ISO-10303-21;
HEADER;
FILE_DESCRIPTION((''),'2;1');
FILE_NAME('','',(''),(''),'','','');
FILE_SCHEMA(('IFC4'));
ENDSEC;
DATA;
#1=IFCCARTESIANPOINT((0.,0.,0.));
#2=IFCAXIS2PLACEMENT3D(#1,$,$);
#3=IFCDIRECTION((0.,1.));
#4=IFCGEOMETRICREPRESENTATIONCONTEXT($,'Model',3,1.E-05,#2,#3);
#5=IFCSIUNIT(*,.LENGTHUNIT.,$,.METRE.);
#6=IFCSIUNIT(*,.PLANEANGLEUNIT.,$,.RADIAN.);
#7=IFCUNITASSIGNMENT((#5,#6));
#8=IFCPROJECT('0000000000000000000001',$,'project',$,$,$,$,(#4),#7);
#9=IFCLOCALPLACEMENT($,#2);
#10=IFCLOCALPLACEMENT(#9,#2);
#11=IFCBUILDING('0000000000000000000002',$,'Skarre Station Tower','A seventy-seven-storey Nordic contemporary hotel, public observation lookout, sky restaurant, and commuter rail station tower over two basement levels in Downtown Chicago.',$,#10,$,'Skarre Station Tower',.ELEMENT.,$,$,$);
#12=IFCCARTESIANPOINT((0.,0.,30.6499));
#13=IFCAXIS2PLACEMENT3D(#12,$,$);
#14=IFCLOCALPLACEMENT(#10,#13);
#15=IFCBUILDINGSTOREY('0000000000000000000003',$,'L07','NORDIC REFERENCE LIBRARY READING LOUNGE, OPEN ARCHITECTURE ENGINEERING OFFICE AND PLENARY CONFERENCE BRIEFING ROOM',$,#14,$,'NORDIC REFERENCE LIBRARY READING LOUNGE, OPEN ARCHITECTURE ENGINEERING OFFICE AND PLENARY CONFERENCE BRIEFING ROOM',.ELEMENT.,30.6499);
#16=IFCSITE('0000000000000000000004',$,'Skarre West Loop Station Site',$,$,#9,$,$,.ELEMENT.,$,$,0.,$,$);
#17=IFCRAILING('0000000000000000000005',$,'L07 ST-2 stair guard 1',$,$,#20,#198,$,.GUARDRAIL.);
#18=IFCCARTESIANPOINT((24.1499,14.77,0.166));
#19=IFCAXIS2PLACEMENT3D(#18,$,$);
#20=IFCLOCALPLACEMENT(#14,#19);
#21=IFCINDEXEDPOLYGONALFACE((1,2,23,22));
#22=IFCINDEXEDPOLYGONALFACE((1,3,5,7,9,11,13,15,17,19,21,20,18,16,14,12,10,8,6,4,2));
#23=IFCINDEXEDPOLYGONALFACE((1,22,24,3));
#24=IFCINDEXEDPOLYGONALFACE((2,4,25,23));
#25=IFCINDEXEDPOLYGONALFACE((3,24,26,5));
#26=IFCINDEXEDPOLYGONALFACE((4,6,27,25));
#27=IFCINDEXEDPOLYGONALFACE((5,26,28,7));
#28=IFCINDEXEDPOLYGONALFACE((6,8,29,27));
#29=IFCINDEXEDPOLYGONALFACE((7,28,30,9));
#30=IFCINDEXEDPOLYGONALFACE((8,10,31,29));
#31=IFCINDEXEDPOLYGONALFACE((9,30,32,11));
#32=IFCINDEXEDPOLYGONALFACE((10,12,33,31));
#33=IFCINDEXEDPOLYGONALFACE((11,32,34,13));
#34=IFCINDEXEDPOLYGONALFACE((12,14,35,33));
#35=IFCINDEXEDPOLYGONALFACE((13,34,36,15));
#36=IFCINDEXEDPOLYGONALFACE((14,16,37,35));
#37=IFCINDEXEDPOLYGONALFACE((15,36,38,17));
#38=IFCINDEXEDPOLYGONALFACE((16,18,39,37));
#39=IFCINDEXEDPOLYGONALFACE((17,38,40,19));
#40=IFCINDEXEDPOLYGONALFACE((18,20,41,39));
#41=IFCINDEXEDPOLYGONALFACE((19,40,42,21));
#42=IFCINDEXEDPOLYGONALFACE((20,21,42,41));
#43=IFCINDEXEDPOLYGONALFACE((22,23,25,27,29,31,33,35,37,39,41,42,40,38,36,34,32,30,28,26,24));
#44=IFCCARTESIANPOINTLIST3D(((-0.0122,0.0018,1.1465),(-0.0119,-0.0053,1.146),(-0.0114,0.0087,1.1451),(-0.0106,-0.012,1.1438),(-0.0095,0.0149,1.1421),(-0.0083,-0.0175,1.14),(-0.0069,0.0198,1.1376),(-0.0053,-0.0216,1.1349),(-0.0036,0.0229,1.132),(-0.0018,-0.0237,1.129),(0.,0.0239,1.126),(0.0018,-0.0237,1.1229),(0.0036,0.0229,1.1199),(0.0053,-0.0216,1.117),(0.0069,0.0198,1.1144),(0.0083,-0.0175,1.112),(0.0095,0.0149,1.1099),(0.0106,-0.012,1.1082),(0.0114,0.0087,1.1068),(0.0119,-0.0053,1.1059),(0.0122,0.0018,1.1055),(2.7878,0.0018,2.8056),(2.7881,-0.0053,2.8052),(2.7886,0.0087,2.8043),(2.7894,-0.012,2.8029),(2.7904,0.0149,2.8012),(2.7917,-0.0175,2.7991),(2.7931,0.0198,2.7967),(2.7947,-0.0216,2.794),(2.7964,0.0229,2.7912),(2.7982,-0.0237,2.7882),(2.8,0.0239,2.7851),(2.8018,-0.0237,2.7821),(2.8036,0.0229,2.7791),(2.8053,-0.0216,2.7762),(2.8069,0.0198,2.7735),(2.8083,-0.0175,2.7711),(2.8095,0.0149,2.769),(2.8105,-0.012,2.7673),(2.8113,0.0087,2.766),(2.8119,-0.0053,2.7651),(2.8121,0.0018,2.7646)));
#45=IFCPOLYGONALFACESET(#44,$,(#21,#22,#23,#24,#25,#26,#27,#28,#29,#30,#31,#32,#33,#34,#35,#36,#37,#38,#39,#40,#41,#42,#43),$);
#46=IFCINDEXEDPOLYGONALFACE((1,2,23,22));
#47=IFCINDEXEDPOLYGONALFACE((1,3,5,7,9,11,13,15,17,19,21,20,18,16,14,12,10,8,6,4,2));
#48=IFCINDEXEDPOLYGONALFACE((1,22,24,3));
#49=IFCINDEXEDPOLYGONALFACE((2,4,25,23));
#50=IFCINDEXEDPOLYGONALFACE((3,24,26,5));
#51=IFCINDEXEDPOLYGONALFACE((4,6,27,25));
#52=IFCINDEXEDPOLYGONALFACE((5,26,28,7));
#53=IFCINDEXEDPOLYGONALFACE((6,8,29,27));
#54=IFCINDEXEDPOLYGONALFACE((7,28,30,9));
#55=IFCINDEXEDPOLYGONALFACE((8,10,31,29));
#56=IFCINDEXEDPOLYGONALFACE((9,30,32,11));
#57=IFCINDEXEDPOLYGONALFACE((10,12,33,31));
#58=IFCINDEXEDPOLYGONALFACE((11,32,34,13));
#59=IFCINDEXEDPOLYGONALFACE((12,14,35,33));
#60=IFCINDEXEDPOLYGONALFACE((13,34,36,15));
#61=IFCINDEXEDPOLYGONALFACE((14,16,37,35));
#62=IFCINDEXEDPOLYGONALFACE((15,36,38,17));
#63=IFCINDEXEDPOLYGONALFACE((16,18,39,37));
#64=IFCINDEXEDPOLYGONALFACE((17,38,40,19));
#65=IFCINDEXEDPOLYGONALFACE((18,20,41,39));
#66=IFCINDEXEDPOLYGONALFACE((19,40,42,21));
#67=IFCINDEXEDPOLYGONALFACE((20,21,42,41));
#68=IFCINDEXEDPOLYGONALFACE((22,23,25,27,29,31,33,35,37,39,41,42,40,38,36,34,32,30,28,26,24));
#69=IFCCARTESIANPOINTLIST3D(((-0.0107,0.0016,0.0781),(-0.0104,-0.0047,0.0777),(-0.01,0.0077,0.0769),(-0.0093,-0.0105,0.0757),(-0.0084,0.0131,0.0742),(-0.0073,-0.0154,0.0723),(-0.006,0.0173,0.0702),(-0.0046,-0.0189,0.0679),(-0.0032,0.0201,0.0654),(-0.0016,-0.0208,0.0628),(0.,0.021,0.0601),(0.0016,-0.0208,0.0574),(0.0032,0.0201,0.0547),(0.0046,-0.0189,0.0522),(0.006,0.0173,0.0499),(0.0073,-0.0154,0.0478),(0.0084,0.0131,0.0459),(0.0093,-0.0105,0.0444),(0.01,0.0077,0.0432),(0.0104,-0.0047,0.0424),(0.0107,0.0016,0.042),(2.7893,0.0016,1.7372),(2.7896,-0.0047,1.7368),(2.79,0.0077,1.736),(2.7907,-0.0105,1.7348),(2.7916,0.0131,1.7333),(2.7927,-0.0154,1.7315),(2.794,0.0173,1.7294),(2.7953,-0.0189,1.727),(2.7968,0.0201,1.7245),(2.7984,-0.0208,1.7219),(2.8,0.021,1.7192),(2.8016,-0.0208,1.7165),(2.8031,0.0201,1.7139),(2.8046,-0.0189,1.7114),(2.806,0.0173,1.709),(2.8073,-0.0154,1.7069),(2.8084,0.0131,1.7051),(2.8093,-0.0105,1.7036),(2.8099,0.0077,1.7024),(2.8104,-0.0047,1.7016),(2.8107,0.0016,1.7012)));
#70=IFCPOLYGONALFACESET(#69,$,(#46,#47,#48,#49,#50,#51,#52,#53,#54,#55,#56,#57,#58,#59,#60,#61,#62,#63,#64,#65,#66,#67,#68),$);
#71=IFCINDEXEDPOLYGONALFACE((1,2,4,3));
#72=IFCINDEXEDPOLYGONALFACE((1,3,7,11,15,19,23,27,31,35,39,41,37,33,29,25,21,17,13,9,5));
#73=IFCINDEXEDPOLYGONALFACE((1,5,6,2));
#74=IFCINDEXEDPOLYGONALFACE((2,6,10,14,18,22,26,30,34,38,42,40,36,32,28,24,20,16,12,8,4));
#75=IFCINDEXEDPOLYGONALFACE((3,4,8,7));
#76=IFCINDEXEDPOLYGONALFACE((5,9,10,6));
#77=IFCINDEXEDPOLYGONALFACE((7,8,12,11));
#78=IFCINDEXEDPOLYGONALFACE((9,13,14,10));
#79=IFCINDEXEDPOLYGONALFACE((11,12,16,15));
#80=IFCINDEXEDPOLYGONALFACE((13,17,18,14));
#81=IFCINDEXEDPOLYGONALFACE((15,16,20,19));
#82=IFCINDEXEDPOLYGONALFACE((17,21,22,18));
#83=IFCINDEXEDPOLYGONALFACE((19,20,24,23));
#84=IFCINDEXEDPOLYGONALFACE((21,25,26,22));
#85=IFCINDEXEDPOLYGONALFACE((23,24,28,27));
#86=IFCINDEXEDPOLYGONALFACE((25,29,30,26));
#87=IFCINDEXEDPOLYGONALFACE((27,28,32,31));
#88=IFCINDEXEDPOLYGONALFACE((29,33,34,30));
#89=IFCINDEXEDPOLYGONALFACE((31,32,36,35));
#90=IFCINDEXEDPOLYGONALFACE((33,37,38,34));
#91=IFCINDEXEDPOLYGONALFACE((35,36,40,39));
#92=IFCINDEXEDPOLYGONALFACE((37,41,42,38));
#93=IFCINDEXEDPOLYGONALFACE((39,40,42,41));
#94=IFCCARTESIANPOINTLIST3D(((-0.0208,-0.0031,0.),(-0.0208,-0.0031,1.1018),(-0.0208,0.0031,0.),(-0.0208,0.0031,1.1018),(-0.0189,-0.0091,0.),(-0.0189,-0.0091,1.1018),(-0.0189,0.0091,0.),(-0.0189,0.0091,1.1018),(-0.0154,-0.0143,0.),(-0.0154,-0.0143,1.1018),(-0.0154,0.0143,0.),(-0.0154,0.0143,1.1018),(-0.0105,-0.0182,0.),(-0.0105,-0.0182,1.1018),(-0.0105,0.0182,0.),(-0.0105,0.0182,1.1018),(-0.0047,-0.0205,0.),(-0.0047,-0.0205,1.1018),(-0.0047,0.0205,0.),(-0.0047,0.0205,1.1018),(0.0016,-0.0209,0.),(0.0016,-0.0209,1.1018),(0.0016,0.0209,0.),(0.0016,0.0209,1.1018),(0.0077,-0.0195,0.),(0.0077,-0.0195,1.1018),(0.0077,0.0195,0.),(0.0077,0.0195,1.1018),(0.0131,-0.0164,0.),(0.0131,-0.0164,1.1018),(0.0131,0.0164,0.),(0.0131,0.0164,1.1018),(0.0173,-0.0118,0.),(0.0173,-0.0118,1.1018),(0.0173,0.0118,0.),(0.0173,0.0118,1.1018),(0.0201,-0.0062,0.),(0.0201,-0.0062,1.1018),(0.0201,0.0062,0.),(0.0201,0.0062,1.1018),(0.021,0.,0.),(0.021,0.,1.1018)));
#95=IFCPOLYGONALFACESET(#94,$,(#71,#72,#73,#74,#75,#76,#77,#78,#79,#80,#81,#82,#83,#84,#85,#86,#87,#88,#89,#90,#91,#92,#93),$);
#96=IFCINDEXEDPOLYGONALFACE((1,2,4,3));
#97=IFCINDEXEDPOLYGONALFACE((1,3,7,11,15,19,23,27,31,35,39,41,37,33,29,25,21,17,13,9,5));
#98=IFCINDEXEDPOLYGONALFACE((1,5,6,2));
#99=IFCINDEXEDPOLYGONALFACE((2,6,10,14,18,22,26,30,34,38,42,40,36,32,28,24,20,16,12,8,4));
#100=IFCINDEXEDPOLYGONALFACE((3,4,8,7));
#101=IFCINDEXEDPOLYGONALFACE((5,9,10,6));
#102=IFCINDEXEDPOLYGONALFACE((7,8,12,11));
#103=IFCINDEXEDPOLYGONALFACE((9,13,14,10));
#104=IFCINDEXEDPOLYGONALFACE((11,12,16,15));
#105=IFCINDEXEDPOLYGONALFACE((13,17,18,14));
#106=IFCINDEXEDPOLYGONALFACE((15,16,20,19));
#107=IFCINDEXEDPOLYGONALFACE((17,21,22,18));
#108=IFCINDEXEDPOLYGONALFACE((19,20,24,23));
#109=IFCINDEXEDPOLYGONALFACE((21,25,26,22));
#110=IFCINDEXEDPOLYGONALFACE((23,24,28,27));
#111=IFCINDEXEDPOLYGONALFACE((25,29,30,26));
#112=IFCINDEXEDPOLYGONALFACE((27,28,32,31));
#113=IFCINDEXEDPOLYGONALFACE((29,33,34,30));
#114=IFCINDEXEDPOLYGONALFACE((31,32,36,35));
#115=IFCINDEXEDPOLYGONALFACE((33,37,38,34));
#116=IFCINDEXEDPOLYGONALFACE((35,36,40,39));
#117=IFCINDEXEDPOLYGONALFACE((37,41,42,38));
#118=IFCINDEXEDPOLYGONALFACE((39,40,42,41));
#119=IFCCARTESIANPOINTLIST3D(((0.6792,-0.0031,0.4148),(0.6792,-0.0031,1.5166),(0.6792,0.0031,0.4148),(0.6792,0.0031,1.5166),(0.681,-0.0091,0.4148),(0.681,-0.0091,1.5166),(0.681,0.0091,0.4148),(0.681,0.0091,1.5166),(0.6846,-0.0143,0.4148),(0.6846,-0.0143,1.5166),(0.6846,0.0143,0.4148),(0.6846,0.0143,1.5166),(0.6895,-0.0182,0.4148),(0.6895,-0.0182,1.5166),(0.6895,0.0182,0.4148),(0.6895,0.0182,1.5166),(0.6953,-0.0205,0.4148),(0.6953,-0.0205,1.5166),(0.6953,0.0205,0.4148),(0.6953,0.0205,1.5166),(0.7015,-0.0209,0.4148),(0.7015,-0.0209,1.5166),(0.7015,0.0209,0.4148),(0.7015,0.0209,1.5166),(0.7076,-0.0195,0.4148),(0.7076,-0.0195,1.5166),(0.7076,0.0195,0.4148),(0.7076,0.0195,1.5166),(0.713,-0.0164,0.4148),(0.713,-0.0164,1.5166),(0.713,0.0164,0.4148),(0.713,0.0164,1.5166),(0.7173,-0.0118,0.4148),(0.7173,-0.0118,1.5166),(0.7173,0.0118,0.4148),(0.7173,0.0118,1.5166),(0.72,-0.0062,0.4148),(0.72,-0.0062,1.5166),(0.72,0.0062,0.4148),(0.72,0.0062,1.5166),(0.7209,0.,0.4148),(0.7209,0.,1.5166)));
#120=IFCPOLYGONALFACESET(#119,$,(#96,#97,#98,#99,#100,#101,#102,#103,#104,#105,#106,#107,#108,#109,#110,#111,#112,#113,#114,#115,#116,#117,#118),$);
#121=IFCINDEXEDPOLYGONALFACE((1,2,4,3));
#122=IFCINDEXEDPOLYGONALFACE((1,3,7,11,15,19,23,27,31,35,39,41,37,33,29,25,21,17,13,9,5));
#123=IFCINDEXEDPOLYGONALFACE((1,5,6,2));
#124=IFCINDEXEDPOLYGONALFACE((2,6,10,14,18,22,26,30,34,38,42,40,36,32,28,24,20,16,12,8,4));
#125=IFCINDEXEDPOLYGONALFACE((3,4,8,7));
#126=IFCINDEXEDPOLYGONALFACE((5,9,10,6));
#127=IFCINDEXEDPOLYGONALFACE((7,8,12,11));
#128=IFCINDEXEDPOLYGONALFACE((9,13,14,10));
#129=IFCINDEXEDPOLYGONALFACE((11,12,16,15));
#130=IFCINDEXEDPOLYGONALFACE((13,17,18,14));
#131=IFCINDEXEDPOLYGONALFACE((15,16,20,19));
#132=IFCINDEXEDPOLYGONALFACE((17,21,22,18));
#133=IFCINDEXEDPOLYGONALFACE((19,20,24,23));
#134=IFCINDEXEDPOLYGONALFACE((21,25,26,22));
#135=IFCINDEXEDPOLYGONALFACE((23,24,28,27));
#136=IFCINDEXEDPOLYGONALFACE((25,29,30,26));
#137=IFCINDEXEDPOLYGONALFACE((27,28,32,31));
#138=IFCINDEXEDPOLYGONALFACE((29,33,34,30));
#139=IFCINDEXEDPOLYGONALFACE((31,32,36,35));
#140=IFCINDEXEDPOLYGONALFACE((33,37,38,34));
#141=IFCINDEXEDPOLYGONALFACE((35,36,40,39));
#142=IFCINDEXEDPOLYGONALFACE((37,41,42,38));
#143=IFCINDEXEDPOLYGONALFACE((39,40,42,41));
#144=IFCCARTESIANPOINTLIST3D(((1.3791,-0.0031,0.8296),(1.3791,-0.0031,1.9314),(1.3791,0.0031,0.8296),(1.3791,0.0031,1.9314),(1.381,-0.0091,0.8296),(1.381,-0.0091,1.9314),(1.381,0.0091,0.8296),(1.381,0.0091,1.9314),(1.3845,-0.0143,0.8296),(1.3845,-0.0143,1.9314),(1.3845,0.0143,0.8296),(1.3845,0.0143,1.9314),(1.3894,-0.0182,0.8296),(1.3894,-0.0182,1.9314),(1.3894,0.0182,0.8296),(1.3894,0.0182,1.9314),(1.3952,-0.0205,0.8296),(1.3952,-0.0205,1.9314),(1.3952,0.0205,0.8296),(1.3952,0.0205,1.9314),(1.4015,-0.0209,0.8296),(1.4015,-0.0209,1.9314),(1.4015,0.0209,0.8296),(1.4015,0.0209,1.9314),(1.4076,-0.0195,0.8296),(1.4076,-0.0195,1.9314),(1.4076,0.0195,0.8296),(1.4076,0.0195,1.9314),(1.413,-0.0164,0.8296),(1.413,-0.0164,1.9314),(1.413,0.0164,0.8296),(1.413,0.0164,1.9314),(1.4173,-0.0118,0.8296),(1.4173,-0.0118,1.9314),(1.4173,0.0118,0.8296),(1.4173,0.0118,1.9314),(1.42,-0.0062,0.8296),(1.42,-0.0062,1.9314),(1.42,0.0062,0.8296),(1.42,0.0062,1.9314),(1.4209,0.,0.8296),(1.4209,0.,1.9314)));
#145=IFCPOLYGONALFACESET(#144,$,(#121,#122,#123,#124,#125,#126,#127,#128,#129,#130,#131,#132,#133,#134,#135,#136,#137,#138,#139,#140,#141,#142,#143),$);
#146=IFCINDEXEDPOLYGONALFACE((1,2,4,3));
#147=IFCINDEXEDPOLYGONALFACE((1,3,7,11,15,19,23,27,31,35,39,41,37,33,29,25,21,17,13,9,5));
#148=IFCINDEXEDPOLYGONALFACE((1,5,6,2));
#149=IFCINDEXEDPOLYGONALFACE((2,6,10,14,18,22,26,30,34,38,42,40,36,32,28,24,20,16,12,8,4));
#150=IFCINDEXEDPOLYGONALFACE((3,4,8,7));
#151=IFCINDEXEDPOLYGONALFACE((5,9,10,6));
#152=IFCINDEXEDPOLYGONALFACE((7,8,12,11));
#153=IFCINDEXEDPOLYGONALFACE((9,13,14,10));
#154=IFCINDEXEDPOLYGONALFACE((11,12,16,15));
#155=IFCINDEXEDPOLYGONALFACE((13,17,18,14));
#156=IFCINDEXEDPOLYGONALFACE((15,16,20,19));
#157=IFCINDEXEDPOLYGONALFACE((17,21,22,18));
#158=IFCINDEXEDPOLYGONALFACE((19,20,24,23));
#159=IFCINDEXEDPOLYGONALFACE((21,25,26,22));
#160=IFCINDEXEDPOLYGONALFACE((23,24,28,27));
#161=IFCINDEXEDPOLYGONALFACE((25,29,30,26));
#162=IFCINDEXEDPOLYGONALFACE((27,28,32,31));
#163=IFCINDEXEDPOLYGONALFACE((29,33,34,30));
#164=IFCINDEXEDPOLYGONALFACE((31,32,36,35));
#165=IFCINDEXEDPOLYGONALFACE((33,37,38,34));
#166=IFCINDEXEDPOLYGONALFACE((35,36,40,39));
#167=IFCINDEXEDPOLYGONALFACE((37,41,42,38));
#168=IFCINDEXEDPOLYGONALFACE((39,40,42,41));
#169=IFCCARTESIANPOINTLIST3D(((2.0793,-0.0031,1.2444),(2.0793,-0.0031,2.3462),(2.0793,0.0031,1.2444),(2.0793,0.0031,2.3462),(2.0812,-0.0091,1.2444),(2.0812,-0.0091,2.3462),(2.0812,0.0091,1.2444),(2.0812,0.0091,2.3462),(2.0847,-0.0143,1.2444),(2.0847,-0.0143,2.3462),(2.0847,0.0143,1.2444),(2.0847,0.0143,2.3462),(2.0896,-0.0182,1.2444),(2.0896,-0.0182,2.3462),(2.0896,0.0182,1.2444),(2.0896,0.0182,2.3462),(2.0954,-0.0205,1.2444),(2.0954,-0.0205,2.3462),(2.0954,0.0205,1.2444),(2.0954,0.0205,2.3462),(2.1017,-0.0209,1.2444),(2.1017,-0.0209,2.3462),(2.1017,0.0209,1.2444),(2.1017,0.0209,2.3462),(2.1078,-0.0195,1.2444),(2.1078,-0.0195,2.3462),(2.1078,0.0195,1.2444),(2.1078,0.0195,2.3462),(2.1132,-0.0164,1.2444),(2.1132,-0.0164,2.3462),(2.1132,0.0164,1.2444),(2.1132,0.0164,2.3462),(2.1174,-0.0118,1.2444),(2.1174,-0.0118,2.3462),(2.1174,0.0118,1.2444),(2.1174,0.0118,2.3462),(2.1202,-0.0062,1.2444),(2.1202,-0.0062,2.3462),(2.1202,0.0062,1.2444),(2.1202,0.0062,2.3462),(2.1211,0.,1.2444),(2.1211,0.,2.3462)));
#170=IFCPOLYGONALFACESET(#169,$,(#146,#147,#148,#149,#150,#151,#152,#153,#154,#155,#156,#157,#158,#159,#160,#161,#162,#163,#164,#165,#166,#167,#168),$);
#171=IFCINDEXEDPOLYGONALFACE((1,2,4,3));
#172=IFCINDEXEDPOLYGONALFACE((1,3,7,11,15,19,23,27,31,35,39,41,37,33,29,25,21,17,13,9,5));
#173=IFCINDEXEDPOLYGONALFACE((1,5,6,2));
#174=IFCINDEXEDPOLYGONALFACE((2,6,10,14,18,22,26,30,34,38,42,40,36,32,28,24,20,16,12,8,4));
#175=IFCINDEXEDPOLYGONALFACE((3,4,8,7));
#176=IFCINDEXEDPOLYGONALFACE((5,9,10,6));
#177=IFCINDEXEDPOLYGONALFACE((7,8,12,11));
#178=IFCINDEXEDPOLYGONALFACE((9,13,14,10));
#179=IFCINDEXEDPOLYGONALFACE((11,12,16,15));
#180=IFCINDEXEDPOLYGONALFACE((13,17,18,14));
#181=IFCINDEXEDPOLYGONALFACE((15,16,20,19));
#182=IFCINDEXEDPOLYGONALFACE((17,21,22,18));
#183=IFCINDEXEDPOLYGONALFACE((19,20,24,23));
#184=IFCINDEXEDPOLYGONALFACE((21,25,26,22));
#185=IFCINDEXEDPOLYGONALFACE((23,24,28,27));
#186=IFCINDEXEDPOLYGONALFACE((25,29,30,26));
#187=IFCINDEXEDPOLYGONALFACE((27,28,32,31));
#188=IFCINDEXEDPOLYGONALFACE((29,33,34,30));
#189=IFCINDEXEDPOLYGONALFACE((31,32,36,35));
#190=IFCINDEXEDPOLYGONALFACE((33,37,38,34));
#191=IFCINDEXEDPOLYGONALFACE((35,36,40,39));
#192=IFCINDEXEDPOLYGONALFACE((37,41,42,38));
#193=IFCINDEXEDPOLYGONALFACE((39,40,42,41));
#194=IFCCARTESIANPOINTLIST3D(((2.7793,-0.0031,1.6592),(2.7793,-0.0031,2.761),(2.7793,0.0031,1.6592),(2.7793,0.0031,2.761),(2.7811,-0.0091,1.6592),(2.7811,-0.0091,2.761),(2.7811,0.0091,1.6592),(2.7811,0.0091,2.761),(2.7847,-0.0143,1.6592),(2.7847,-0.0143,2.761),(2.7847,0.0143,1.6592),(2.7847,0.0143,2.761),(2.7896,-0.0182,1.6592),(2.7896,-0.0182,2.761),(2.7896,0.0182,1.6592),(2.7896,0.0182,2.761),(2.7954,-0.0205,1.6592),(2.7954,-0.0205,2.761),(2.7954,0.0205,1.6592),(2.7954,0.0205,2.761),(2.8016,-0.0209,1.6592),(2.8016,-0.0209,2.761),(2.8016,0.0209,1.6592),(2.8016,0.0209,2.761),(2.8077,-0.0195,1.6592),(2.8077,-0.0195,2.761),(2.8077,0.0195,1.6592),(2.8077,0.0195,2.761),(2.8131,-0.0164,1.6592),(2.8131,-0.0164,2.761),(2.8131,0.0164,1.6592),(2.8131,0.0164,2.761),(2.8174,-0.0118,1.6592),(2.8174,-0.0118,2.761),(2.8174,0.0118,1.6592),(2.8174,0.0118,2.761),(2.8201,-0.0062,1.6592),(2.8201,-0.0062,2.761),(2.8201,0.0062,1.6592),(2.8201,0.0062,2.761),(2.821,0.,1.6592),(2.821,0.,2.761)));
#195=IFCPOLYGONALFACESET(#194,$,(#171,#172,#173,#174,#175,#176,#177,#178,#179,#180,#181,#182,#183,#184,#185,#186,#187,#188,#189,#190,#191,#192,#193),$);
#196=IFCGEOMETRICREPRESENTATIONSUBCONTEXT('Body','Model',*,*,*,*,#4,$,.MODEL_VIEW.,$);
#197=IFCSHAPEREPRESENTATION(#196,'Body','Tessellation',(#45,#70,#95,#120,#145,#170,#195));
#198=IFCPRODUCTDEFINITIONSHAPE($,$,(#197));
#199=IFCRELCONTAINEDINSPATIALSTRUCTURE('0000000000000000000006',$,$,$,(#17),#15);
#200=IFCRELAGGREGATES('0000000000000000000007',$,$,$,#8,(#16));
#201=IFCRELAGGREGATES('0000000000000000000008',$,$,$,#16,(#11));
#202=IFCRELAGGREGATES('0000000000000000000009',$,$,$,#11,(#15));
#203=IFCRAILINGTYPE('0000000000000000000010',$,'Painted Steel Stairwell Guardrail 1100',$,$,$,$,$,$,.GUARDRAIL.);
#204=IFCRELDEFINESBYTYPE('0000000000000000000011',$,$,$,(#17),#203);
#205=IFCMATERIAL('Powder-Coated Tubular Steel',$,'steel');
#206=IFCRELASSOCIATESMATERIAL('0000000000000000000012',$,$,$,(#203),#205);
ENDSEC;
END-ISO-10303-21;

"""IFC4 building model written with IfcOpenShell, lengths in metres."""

from ifc_helpers import new_model, si_unit, direction, frame, origin, origin_2d, place, context, subcontext, project, spatial, circle, extrude, material, type_object, element, save


model = new_model("IFC4")

# Units and contexts
model_context = context("Model", 3, precision=1e-05, world=origin(), true_north=direction((0.0, 1.0)))
body_context = subcontext(model_context, "Body", "Model", "MODEL_VIEW")
ifc_project = project(units=[si_unit("LENGTHUNIT", "METRE"), si_unit("PLANEANGLEUNIT", "RADIAN")], contexts=[model_context])

# Site, building, storey
site_placement = place(None, origin())
site = spatial("IfcSite", under=ifc_project, at=site_placement, Name="Skarre West Loop Station Site", CompositionType="ELEMENT", RefElevation=0.0)
building_placement = place(site_placement, origin())
building = spatial("IfcBuilding", under=site, at=building_placement, Name="Skarre Station Tower", Description="A seventy-seven-storey Nordic contemporary hotel, public observation lookout, sky restaurant, and commuter rail station tower over two basement levels in Downtown Chicago.", LongName="Skarre Station Tower", CompositionType="ELEMENT")
storey_placement = place(building_placement, frame((0.0, 0.0, 30.6499)))
storey = spatial("IfcBuildingStorey", under=building, at=storey_placement, Name="L07", Description="NORDIC REFERENCE LIBRARY READING LOUNGE, OPEN ARCHITECTURE ENGINEERING OFFICE AND PLENARY CONFERENCE BRIEFING ROOM", LongName="NORDIC REFERENCE LIBRARY READING LOUNGE, OPEN ARCHITECTURE ENGINEERING OFFICE AND PLENARY CONFERENCE BRIEFING ROOM", CompositionType="ELEMENT", Elevation=30.6499)

# Railing
ifc_material_1 = material(Name="Powder-Coated Tubular Steel", Category="steel")
railing_type_1 = type_object("IfcRailingType", Name="Painted Steel Stairwell Guardrail 1100", PredefinedType="GUARDRAIL", material=ifc_material_1)
railing_1_placement = place(storey_placement, frame((24.1499, 14.77, 0.166)))
element("IfcRailing", 1, at=railing_1_placement, inside=storey, type_object=railing_type_1, Name="L07 ST-2 stair guard 1", PredefinedType="GUARDRAIL", context=body_context, shape_type="SweptSolid", body=[
    extrude(circle(Radius=0.0239, at=origin_2d()), frame((0.0, 0.0, 1.126), z_axis=(0.860306, 0.0, 0.509778), x_axis=(0.0, 1.0, 0.0)), (0.0, 0.0, 1.0), 3.2546),
    extrude(circle(Radius=0.021, at=origin_2d()), frame((0.0, 0.0, 0.0601), z_axis=(0.860306, 0.0, 0.509778), x_axis=(0.0, 1.0, 0.0)), (0.0, 0.0, 1.0), 3.2546),
    extrude(circle(Radius=0.021, at=origin_2d()), origin(), (0.0, 0.0, 1.0), 1.1018),
    extrude(circle(Radius=0.021, at=origin_2d()), frame((0.7, 0.0, 0.4148)), (0.0, 0.0, 1.0), 1.1018),
    extrude(circle(Radius=0.021, at=origin_2d()), frame((1.3999, 0.0, 0.8296)), (0.0, 0.0, 1.0), 1.1018),
    extrude(circle(Radius=0.021, at=origin_2d()), frame((2.1001, 0.0, 1.2444)), (0.0, 0.0, 1.0), 1.1018),
    extrude(circle(Radius=0.021, at=origin_2d()), frame((2.8, 0.0, 1.6592)), (0.0, 0.0, 1.0), 1.1018),
])

save(model, "model.ifc")
